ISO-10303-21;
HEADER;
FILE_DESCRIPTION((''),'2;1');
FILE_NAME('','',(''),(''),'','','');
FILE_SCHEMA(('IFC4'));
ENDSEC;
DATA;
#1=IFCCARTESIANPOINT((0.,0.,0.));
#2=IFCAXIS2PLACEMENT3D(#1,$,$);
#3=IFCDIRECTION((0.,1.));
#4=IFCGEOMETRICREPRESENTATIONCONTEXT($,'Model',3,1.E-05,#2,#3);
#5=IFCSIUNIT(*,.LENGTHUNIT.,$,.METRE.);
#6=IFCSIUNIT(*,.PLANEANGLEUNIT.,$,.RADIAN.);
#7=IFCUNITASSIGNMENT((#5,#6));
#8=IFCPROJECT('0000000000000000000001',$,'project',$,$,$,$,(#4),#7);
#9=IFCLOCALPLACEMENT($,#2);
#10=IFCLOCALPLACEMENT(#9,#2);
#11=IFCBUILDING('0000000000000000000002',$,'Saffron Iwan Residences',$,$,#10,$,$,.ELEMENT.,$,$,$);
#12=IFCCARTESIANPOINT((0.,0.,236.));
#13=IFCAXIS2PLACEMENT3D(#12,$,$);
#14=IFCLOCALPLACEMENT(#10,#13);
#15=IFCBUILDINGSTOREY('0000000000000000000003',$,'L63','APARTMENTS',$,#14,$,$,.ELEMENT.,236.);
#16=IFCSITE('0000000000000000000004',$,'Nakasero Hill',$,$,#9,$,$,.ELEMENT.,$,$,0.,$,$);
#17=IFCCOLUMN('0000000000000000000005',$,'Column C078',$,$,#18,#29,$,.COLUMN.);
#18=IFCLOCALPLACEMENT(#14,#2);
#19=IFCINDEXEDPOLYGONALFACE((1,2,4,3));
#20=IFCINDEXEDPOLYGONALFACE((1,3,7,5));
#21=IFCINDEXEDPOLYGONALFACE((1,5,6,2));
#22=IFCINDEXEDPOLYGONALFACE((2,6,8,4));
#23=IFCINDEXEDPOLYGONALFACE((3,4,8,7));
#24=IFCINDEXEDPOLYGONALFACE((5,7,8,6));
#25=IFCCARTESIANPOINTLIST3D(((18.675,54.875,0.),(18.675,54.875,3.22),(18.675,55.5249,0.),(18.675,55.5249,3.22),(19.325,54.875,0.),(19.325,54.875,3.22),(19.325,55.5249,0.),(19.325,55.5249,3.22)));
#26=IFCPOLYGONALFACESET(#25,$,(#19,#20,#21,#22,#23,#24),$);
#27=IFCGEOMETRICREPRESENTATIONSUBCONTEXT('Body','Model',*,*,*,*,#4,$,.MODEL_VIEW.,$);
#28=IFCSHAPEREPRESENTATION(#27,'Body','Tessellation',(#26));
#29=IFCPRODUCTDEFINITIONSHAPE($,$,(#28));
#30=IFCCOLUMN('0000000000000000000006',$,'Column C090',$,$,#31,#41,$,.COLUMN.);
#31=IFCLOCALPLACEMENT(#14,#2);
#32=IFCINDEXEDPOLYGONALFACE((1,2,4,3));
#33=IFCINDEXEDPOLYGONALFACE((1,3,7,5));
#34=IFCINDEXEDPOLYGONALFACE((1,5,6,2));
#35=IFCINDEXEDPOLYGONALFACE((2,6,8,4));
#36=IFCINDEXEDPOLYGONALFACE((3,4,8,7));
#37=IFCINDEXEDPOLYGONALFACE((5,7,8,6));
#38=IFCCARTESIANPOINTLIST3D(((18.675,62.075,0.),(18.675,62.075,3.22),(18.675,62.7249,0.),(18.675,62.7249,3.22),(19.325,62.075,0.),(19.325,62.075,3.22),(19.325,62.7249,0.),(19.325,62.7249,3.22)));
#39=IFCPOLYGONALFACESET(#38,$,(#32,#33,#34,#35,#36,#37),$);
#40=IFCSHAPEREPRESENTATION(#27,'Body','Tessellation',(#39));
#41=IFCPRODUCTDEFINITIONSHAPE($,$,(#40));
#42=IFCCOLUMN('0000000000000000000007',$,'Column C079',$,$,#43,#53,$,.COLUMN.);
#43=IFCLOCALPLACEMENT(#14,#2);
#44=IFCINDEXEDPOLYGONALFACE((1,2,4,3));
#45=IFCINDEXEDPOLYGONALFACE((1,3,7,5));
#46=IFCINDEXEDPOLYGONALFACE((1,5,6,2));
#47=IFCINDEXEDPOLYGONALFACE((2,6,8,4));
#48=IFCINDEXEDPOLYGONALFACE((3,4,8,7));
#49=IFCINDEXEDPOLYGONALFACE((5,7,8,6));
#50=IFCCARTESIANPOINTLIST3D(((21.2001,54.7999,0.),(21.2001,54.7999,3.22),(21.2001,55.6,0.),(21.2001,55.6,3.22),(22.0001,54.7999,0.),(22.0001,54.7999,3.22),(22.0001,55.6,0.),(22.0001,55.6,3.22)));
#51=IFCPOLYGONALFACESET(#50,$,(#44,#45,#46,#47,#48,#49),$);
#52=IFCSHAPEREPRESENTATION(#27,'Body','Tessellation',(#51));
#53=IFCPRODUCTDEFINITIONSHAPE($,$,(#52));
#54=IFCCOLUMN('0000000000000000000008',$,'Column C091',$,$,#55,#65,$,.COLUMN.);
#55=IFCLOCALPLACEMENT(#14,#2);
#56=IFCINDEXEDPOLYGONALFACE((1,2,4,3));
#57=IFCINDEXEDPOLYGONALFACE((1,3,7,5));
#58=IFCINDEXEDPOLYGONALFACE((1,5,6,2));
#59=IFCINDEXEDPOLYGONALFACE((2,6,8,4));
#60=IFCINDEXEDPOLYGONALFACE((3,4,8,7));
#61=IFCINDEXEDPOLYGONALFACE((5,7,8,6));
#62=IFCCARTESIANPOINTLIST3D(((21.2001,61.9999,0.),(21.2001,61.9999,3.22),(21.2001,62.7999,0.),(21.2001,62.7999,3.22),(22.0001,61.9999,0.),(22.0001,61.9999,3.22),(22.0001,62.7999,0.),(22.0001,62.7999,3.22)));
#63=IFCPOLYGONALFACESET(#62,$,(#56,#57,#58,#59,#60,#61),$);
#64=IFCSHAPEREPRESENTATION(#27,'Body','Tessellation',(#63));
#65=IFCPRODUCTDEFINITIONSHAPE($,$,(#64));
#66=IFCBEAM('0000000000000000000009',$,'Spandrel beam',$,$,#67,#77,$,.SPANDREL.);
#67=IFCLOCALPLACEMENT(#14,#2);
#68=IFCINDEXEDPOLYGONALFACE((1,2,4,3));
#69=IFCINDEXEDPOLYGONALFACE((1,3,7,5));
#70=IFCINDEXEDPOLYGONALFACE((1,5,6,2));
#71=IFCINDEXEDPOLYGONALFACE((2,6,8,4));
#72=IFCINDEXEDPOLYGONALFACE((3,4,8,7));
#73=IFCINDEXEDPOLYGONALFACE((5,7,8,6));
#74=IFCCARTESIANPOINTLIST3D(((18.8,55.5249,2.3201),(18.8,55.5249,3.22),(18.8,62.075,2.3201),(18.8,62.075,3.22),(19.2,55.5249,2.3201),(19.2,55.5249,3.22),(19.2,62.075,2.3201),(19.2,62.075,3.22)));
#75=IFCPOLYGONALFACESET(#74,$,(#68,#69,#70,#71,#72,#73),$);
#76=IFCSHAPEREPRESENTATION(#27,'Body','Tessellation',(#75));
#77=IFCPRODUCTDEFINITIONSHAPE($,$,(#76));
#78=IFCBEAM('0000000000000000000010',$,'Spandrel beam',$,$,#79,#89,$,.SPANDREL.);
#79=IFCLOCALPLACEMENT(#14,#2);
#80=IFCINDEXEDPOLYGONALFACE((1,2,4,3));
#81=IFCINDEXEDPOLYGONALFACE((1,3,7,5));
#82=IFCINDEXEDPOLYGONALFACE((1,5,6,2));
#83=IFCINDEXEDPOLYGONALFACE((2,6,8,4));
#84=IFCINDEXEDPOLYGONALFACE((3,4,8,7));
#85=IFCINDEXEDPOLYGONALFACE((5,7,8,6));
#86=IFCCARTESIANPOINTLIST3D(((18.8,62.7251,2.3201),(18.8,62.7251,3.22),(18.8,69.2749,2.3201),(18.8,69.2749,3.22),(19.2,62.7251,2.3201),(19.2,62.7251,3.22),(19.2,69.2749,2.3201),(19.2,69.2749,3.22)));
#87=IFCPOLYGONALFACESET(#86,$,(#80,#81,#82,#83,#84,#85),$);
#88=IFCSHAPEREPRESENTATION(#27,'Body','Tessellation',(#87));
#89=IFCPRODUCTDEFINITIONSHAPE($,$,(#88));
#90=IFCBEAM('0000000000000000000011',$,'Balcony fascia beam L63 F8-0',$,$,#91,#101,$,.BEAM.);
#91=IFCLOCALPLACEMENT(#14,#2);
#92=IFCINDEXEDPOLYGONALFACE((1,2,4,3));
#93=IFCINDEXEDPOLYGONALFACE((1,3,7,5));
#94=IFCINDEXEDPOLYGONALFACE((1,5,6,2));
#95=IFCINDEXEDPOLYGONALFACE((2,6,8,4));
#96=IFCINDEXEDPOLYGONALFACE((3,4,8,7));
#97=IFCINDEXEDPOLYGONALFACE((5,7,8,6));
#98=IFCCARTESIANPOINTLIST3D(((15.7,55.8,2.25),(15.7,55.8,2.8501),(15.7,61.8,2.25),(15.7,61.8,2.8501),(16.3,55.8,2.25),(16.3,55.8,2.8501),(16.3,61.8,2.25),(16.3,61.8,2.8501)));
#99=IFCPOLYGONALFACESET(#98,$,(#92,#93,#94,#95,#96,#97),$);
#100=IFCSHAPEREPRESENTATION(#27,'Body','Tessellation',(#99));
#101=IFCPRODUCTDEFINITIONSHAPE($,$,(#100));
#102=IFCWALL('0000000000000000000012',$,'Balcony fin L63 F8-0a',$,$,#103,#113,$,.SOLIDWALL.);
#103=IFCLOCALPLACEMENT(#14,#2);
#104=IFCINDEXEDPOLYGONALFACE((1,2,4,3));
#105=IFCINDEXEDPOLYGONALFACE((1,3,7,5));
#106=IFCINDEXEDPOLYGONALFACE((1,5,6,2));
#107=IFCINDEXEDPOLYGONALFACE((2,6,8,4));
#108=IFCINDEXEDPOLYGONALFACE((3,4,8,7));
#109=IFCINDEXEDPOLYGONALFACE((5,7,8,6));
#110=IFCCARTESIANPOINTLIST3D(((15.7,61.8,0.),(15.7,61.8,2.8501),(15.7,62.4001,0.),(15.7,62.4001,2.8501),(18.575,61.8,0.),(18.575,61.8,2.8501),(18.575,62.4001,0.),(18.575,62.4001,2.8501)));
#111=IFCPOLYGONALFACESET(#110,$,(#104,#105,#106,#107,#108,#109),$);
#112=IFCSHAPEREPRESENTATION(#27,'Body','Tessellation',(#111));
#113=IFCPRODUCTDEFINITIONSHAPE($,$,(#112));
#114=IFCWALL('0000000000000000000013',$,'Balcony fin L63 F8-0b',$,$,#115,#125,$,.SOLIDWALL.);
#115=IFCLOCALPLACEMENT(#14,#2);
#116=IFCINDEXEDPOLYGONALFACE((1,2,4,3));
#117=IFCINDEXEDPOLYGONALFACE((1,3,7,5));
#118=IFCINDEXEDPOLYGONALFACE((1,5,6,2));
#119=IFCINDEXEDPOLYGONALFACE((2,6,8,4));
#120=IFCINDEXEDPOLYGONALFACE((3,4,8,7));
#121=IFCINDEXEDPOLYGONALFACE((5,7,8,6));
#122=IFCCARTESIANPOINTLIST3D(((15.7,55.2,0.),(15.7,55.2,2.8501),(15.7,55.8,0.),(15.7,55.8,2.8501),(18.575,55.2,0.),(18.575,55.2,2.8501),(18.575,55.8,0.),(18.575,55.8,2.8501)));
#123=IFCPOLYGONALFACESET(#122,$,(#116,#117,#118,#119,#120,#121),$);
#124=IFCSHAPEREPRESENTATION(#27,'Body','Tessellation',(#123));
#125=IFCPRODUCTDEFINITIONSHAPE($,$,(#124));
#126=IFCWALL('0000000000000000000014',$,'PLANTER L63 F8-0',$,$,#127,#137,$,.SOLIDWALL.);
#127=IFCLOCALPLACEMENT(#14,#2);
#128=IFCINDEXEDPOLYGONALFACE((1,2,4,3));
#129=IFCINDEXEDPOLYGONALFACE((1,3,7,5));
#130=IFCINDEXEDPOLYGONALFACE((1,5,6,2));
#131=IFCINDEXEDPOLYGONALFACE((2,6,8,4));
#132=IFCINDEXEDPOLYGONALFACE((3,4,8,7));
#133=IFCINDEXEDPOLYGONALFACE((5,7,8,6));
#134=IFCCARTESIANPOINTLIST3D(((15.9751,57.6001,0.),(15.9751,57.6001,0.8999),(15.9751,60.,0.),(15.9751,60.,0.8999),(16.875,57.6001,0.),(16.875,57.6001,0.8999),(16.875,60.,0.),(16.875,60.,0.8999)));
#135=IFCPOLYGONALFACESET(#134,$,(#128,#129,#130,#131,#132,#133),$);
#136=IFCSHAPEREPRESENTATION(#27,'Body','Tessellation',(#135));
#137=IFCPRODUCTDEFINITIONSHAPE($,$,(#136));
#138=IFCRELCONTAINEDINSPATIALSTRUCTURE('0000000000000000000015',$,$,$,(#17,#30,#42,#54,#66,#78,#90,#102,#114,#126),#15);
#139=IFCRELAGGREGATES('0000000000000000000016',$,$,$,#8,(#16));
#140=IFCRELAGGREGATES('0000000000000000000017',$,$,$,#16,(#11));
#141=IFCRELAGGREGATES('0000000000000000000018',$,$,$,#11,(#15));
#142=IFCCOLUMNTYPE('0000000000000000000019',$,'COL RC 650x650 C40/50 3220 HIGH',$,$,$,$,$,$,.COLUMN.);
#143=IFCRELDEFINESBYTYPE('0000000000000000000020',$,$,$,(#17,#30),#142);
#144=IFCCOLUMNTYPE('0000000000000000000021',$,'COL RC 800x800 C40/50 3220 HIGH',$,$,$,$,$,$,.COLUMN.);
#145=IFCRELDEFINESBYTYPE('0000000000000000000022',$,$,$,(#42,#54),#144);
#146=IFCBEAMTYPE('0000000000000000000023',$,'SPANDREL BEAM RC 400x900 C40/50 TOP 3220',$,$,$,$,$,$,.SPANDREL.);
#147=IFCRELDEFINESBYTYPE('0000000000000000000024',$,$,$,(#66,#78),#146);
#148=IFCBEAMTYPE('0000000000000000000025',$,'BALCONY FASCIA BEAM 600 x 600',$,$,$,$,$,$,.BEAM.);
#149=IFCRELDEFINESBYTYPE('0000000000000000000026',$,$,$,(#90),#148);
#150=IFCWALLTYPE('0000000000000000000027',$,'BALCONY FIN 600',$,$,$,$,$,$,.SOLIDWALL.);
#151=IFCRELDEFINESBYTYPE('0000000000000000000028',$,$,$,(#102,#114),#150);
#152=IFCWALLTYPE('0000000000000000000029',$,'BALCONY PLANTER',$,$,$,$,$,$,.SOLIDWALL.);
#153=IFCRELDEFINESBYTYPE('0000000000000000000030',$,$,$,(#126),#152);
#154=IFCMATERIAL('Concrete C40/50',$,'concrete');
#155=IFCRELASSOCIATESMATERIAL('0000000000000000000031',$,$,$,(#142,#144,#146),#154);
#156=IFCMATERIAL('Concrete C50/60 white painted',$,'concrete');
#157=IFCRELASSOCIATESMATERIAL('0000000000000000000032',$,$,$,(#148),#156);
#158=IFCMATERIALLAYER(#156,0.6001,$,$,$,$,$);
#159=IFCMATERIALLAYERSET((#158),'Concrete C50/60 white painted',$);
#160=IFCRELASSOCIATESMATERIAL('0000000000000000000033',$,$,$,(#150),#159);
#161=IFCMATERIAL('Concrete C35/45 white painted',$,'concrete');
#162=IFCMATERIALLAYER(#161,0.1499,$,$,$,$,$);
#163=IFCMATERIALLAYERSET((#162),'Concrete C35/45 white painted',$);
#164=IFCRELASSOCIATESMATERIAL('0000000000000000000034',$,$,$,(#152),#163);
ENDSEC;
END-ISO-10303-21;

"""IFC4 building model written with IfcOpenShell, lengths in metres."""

from ifc_helpers import new_model, si_unit, direction, frame, frame_2d, origin, origin_2d, place, context, subcontext, project, spatial, rectangle, extrude, source, transform, mapped, material, layer, layer_set, material_profile, profile_set, type_object, element, save


model = new_model("IFC4")

# Units and contexts
model_context = context("Model", 3, precision=1e-05, world=origin(), true_north=direction((0.0, 1.0)))
body_context = subcontext(model_context, "Body", "Model", "MODEL_VIEW")
ifc_project = project(units=[si_unit("LENGTHUNIT", "METRE"), si_unit("PLANEANGLEUNIT", "RADIAN")], contexts=[model_context])

# Site, building, storey
site_placement = place(None, origin())
site = spatial("IfcSite", under=ifc_project, at=site_placement, Name="Nakasero Hill", CompositionType="ELEMENT", RefElevation=0.0)
building_placement = place(site_placement, origin())
building = spatial("IfcBuilding", under=site, at=building_placement, Name="Saffron Iwan Residences", CompositionType="ELEMENT")
storey_placement = place(building_placement, frame((0.0, 0.0, 236.0)))
storey = spatial("IfcBuildingStorey", under=building, at=storey_placement, Name="L63", Description="APARTMENTS", CompositionType="ELEMENT", Elevation=236.0)

# Columns
ifc_material_1 = material(Name="Concrete C40/50", Category="concrete")
ifc_material_profile_1 = material_profile(ifc_material_1, rectangle(XDim=0.6499, YDim=0.6499, at=origin_2d()), Name="RC 650x650")
ifc_profile_set_1 = profile_set([ifc_material_profile_1], Name="Concrete C40/50")
column_type_1 = type_object("IfcColumnType", Name="COL RC 650x650 C40/50 3220 HIGH", PredefinedType="COLUMN", material=ifc_profile_set_1)
shared_shape_1 = source(origin(), body_context, "Body", "SweptSolid", [
    extrude(rectangle(XDim=0.6499, YDim=0.6499, at=origin_2d()), origin(), (0.0, 0.0, 1.0), 3.22),
])
for number, where, z_axis, x_axis, name in (
    (1, (19.0, 55.2, 0.0), (0.0, 0.0, 1.0), (1.0, 0.0, 0.0), "Column C078"),
    (2, (19.0, 62.3999, 0.0), (0.0, 0.0, 1.0), (1.0, 0.0, 0.0), "Column C090"),
):
    element("IfcColumn", number, at=place(storey_placement, frame(where, z_axis=z_axis, x_axis=x_axis)), inside=storey, type_object=column_type_1, Name=name, PredefinedType="COLUMN", context=body_context, shape_type="MappedRepresentation", body=[
        mapped(shared_shape_1, transform((0.0, 0.0, 0.0))),
    ])
ifc_material_profile_2 = material_profile(ifc_material_1, rectangle(XDim=0.8, YDim=0.8, at=origin_2d()), Name="RC 800x800")
ifc_profile_set_2 = profile_set([ifc_material_profile_2], Name="Concrete C40/50")
column_type_2 = type_object("IfcColumnType", Name="COL RC 800x800 C40/50 3220 HIGH", PredefinedType="COLUMN", material=ifc_profile_set_2)
shared_shape_2 = source(origin(), body_context, "Body", "SweptSolid", [
    extrude(rectangle(XDim=0.8, YDim=0.8, at=origin_2d()), origin(), (0.0, 0.0, 1.0), 3.22),
])
for number, where, z_axis, x_axis, name in (
    (3, (21.6001, 55.2, 0.0), (0.0, 0.0, 1.0), (1.0, 0.0, 0.0), "Column C079"),
    (4, (21.6001, 62.3999, 0.0), (0.0, 0.0, 1.0), (1.0, 0.0, 0.0), "Column C091"),
):
    element("IfcColumn", number, at=place(storey_placement, frame(where, z_axis=z_axis, x_axis=x_axis)), inside=storey, type_object=column_type_2, Name=name, PredefinedType="COLUMN", context=body_context, shape_type="MappedRepresentation", body=[
        mapped(shared_shape_2, transform((0.0, 0.0, 0.0))),
    ])

# Beams
ifc_material_profile_3 = material_profile(ifc_material_1, rectangle(XDim=0.3999, YDim=0.8999, at=origin_2d()), Name="RC 400x900")
ifc_profile_set_3 = profile_set([ifc_material_profile_3], Name="Concrete C40/50")
beam_type_1 = type_object("IfcBeamType", Name="SPANDREL BEAM RC 400x900 C40/50 TOP 3220", PredefinedType="SPANDREL", material=ifc_profile_set_3)
shared_shape_3 = source(origin(), body_context, "Body", "SweptSolid", [
    extrude(rectangle(XDim=0.3999, YDim=0.8999, at=origin_2d()), origin(), (0.0, 0.0, 1.0), 6.55),
])
beam_1_placement = place(storey_placement, frame((19.0, 55.5249, 2.77), z_axis=(0.0, 1.0, 0.0), x_axis=(-1.0, 0.0, 0.0)))
element("IfcBeam", 5, at=beam_1_placement, inside=storey, type_object=beam_type_1, Name="Spandrel beam", PredefinedType="SPANDREL", context=body_context, shape_type="MappedRepresentation", body=[
    mapped(shared_shape_3, transform((0.0, 0.0, 0.0))),
])
shared_shape_4 = source(origin(), body_context, "Body", "SweptSolid", [
    extrude(rectangle(XDim=0.3999, YDim=0.8999, at=origin_2d()), origin(), (0.0, 0.0, 1.0), 6.5498),
])
beam_2_placement = place(storey_placement, frame((19.0, 62.7251, 2.77), z_axis=(0.0, 1.0, 0.0), x_axis=(-1.0, 0.0, 0.0)))
element("IfcBeam", 6, at=beam_2_placement, inside=storey, type_object=beam_type_1, Name="Spandrel beam", PredefinedType="SPANDREL", context=body_context, shape_type="MappedRepresentation", body=[
    mapped(shared_shape_4, transform((0.0, 0.0, 0.0))),
])
ifc_material_2 = material(Name="Concrete C50/60 white painted", Category="concrete")
ifc_material_profile_4 = material_profile(ifc_material_2, rectangle(XDim=0.6001, YDim=0.6001, at=origin_2d()), Name="BALCONY FASCIA BEAM 600 x 600")
ifc_profile_set_4 = profile_set([ifc_material_profile_4], Name="Concrete C50/60 white painted")
beam_type_2 = type_object("IfcBeamType", Name="BALCONY FASCIA BEAM 600 x 600", PredefinedType="BEAM", material=ifc_profile_set_4)
shared_shape_5 = source(origin(), body_context, "Body", "SweptSolid", [
    extrude(rectangle(XDim=0.6001, YDim=0.6001, at=origin_2d()), origin(), (0.0, 0.0, 1.0), 6.0),
])
beam_3_placement = place(storey_placement, frame((16.0, 61.8, 2.55), z_axis=(0.0, -1.0, 0.0), x_axis=(1.0, 0.0, 0.0)))
element("IfcBeam", 7, at=beam_3_placement, inside=storey, type_object=beam_type_2, Name="Balcony fascia beam L63 F8-0", PredefinedType="BEAM", context=body_context, shape_type="MappedRepresentation", body=[
    mapped(shared_shape_5, transform((0.0, 0.0, 0.0))),
])

# Walls
ifc_layer_1 = layer(ifc_material_2, 0.6001)
ifc_layer_set_1 = layer_set([ifc_layer_1], Name="Concrete C50/60 white painted")
wall_type_1 = type_object("IfcWallType", Name="BALCONY FIN 600", PredefinedType="SOLIDWALL", material=ifc_layer_set_1)
for number, where, z_axis, x_axis, name in (
    (8, (18.575, 62.1001, 0.0), (0.0, 0.0, 1.0), (-1.0, 0.0, 0.0), "Balcony fin L63 F8-0a"),
    (9, (18.575, 55.5, 0.0), (0.0, 0.0, 1.0), (-1.0, 0.0, 0.0), "Balcony fin L63 F8-0b"),
):
    element("IfcWall", number, at=place(storey_placement, frame(where, z_axis=z_axis, x_axis=x_axis)), inside=storey, type_object=wall_type_1, Name=name, PredefinedType="SOLIDWALL", context=body_context, shape_type="SweptSolid", body=[
        extrude(rectangle(XDim=2.875, YDim=0.6001, at=frame_2d((1.4375, 0.0))), origin(), (0.0, 0.0, 1.0), 2.8501),
    ])
ifc_material_3 = material(Name="Concrete C35/45 white painted", Category="concrete")
ifc_layer_2 = layer(ifc_material_3, 0.1499)
ifc_layer_set_2 = layer_set([ifc_layer_2], Name="Concrete C35/45 white painted")
wall_type_2 = type_object("IfcWallType", Name="BALCONY PLANTER", PredefinedType="SOLIDWALL", material=ifc_layer_set_2)
wall_1_placement = place(storey_placement, frame((16.425, 60.0, 0.0), z_axis=(0.0, 0.0, 1.0), x_axis=(0.0, -1.0, 0.0)))
element("IfcWall", 10, at=wall_1_placement, inside=storey, type_object=wall_type_2, Name="PLANTER L63 F8-0", PredefinedType="SOLIDWALL", context=body_context, shape_type="SweptSolid", body=[
    extrude(rectangle(XDim=2.3999, YDim=0.8999, at=frame_2d((1.2, 0.0))), origin(), (0.0, 0.0, 1.0), 0.8999),
])

save(model, "model.ifc")
